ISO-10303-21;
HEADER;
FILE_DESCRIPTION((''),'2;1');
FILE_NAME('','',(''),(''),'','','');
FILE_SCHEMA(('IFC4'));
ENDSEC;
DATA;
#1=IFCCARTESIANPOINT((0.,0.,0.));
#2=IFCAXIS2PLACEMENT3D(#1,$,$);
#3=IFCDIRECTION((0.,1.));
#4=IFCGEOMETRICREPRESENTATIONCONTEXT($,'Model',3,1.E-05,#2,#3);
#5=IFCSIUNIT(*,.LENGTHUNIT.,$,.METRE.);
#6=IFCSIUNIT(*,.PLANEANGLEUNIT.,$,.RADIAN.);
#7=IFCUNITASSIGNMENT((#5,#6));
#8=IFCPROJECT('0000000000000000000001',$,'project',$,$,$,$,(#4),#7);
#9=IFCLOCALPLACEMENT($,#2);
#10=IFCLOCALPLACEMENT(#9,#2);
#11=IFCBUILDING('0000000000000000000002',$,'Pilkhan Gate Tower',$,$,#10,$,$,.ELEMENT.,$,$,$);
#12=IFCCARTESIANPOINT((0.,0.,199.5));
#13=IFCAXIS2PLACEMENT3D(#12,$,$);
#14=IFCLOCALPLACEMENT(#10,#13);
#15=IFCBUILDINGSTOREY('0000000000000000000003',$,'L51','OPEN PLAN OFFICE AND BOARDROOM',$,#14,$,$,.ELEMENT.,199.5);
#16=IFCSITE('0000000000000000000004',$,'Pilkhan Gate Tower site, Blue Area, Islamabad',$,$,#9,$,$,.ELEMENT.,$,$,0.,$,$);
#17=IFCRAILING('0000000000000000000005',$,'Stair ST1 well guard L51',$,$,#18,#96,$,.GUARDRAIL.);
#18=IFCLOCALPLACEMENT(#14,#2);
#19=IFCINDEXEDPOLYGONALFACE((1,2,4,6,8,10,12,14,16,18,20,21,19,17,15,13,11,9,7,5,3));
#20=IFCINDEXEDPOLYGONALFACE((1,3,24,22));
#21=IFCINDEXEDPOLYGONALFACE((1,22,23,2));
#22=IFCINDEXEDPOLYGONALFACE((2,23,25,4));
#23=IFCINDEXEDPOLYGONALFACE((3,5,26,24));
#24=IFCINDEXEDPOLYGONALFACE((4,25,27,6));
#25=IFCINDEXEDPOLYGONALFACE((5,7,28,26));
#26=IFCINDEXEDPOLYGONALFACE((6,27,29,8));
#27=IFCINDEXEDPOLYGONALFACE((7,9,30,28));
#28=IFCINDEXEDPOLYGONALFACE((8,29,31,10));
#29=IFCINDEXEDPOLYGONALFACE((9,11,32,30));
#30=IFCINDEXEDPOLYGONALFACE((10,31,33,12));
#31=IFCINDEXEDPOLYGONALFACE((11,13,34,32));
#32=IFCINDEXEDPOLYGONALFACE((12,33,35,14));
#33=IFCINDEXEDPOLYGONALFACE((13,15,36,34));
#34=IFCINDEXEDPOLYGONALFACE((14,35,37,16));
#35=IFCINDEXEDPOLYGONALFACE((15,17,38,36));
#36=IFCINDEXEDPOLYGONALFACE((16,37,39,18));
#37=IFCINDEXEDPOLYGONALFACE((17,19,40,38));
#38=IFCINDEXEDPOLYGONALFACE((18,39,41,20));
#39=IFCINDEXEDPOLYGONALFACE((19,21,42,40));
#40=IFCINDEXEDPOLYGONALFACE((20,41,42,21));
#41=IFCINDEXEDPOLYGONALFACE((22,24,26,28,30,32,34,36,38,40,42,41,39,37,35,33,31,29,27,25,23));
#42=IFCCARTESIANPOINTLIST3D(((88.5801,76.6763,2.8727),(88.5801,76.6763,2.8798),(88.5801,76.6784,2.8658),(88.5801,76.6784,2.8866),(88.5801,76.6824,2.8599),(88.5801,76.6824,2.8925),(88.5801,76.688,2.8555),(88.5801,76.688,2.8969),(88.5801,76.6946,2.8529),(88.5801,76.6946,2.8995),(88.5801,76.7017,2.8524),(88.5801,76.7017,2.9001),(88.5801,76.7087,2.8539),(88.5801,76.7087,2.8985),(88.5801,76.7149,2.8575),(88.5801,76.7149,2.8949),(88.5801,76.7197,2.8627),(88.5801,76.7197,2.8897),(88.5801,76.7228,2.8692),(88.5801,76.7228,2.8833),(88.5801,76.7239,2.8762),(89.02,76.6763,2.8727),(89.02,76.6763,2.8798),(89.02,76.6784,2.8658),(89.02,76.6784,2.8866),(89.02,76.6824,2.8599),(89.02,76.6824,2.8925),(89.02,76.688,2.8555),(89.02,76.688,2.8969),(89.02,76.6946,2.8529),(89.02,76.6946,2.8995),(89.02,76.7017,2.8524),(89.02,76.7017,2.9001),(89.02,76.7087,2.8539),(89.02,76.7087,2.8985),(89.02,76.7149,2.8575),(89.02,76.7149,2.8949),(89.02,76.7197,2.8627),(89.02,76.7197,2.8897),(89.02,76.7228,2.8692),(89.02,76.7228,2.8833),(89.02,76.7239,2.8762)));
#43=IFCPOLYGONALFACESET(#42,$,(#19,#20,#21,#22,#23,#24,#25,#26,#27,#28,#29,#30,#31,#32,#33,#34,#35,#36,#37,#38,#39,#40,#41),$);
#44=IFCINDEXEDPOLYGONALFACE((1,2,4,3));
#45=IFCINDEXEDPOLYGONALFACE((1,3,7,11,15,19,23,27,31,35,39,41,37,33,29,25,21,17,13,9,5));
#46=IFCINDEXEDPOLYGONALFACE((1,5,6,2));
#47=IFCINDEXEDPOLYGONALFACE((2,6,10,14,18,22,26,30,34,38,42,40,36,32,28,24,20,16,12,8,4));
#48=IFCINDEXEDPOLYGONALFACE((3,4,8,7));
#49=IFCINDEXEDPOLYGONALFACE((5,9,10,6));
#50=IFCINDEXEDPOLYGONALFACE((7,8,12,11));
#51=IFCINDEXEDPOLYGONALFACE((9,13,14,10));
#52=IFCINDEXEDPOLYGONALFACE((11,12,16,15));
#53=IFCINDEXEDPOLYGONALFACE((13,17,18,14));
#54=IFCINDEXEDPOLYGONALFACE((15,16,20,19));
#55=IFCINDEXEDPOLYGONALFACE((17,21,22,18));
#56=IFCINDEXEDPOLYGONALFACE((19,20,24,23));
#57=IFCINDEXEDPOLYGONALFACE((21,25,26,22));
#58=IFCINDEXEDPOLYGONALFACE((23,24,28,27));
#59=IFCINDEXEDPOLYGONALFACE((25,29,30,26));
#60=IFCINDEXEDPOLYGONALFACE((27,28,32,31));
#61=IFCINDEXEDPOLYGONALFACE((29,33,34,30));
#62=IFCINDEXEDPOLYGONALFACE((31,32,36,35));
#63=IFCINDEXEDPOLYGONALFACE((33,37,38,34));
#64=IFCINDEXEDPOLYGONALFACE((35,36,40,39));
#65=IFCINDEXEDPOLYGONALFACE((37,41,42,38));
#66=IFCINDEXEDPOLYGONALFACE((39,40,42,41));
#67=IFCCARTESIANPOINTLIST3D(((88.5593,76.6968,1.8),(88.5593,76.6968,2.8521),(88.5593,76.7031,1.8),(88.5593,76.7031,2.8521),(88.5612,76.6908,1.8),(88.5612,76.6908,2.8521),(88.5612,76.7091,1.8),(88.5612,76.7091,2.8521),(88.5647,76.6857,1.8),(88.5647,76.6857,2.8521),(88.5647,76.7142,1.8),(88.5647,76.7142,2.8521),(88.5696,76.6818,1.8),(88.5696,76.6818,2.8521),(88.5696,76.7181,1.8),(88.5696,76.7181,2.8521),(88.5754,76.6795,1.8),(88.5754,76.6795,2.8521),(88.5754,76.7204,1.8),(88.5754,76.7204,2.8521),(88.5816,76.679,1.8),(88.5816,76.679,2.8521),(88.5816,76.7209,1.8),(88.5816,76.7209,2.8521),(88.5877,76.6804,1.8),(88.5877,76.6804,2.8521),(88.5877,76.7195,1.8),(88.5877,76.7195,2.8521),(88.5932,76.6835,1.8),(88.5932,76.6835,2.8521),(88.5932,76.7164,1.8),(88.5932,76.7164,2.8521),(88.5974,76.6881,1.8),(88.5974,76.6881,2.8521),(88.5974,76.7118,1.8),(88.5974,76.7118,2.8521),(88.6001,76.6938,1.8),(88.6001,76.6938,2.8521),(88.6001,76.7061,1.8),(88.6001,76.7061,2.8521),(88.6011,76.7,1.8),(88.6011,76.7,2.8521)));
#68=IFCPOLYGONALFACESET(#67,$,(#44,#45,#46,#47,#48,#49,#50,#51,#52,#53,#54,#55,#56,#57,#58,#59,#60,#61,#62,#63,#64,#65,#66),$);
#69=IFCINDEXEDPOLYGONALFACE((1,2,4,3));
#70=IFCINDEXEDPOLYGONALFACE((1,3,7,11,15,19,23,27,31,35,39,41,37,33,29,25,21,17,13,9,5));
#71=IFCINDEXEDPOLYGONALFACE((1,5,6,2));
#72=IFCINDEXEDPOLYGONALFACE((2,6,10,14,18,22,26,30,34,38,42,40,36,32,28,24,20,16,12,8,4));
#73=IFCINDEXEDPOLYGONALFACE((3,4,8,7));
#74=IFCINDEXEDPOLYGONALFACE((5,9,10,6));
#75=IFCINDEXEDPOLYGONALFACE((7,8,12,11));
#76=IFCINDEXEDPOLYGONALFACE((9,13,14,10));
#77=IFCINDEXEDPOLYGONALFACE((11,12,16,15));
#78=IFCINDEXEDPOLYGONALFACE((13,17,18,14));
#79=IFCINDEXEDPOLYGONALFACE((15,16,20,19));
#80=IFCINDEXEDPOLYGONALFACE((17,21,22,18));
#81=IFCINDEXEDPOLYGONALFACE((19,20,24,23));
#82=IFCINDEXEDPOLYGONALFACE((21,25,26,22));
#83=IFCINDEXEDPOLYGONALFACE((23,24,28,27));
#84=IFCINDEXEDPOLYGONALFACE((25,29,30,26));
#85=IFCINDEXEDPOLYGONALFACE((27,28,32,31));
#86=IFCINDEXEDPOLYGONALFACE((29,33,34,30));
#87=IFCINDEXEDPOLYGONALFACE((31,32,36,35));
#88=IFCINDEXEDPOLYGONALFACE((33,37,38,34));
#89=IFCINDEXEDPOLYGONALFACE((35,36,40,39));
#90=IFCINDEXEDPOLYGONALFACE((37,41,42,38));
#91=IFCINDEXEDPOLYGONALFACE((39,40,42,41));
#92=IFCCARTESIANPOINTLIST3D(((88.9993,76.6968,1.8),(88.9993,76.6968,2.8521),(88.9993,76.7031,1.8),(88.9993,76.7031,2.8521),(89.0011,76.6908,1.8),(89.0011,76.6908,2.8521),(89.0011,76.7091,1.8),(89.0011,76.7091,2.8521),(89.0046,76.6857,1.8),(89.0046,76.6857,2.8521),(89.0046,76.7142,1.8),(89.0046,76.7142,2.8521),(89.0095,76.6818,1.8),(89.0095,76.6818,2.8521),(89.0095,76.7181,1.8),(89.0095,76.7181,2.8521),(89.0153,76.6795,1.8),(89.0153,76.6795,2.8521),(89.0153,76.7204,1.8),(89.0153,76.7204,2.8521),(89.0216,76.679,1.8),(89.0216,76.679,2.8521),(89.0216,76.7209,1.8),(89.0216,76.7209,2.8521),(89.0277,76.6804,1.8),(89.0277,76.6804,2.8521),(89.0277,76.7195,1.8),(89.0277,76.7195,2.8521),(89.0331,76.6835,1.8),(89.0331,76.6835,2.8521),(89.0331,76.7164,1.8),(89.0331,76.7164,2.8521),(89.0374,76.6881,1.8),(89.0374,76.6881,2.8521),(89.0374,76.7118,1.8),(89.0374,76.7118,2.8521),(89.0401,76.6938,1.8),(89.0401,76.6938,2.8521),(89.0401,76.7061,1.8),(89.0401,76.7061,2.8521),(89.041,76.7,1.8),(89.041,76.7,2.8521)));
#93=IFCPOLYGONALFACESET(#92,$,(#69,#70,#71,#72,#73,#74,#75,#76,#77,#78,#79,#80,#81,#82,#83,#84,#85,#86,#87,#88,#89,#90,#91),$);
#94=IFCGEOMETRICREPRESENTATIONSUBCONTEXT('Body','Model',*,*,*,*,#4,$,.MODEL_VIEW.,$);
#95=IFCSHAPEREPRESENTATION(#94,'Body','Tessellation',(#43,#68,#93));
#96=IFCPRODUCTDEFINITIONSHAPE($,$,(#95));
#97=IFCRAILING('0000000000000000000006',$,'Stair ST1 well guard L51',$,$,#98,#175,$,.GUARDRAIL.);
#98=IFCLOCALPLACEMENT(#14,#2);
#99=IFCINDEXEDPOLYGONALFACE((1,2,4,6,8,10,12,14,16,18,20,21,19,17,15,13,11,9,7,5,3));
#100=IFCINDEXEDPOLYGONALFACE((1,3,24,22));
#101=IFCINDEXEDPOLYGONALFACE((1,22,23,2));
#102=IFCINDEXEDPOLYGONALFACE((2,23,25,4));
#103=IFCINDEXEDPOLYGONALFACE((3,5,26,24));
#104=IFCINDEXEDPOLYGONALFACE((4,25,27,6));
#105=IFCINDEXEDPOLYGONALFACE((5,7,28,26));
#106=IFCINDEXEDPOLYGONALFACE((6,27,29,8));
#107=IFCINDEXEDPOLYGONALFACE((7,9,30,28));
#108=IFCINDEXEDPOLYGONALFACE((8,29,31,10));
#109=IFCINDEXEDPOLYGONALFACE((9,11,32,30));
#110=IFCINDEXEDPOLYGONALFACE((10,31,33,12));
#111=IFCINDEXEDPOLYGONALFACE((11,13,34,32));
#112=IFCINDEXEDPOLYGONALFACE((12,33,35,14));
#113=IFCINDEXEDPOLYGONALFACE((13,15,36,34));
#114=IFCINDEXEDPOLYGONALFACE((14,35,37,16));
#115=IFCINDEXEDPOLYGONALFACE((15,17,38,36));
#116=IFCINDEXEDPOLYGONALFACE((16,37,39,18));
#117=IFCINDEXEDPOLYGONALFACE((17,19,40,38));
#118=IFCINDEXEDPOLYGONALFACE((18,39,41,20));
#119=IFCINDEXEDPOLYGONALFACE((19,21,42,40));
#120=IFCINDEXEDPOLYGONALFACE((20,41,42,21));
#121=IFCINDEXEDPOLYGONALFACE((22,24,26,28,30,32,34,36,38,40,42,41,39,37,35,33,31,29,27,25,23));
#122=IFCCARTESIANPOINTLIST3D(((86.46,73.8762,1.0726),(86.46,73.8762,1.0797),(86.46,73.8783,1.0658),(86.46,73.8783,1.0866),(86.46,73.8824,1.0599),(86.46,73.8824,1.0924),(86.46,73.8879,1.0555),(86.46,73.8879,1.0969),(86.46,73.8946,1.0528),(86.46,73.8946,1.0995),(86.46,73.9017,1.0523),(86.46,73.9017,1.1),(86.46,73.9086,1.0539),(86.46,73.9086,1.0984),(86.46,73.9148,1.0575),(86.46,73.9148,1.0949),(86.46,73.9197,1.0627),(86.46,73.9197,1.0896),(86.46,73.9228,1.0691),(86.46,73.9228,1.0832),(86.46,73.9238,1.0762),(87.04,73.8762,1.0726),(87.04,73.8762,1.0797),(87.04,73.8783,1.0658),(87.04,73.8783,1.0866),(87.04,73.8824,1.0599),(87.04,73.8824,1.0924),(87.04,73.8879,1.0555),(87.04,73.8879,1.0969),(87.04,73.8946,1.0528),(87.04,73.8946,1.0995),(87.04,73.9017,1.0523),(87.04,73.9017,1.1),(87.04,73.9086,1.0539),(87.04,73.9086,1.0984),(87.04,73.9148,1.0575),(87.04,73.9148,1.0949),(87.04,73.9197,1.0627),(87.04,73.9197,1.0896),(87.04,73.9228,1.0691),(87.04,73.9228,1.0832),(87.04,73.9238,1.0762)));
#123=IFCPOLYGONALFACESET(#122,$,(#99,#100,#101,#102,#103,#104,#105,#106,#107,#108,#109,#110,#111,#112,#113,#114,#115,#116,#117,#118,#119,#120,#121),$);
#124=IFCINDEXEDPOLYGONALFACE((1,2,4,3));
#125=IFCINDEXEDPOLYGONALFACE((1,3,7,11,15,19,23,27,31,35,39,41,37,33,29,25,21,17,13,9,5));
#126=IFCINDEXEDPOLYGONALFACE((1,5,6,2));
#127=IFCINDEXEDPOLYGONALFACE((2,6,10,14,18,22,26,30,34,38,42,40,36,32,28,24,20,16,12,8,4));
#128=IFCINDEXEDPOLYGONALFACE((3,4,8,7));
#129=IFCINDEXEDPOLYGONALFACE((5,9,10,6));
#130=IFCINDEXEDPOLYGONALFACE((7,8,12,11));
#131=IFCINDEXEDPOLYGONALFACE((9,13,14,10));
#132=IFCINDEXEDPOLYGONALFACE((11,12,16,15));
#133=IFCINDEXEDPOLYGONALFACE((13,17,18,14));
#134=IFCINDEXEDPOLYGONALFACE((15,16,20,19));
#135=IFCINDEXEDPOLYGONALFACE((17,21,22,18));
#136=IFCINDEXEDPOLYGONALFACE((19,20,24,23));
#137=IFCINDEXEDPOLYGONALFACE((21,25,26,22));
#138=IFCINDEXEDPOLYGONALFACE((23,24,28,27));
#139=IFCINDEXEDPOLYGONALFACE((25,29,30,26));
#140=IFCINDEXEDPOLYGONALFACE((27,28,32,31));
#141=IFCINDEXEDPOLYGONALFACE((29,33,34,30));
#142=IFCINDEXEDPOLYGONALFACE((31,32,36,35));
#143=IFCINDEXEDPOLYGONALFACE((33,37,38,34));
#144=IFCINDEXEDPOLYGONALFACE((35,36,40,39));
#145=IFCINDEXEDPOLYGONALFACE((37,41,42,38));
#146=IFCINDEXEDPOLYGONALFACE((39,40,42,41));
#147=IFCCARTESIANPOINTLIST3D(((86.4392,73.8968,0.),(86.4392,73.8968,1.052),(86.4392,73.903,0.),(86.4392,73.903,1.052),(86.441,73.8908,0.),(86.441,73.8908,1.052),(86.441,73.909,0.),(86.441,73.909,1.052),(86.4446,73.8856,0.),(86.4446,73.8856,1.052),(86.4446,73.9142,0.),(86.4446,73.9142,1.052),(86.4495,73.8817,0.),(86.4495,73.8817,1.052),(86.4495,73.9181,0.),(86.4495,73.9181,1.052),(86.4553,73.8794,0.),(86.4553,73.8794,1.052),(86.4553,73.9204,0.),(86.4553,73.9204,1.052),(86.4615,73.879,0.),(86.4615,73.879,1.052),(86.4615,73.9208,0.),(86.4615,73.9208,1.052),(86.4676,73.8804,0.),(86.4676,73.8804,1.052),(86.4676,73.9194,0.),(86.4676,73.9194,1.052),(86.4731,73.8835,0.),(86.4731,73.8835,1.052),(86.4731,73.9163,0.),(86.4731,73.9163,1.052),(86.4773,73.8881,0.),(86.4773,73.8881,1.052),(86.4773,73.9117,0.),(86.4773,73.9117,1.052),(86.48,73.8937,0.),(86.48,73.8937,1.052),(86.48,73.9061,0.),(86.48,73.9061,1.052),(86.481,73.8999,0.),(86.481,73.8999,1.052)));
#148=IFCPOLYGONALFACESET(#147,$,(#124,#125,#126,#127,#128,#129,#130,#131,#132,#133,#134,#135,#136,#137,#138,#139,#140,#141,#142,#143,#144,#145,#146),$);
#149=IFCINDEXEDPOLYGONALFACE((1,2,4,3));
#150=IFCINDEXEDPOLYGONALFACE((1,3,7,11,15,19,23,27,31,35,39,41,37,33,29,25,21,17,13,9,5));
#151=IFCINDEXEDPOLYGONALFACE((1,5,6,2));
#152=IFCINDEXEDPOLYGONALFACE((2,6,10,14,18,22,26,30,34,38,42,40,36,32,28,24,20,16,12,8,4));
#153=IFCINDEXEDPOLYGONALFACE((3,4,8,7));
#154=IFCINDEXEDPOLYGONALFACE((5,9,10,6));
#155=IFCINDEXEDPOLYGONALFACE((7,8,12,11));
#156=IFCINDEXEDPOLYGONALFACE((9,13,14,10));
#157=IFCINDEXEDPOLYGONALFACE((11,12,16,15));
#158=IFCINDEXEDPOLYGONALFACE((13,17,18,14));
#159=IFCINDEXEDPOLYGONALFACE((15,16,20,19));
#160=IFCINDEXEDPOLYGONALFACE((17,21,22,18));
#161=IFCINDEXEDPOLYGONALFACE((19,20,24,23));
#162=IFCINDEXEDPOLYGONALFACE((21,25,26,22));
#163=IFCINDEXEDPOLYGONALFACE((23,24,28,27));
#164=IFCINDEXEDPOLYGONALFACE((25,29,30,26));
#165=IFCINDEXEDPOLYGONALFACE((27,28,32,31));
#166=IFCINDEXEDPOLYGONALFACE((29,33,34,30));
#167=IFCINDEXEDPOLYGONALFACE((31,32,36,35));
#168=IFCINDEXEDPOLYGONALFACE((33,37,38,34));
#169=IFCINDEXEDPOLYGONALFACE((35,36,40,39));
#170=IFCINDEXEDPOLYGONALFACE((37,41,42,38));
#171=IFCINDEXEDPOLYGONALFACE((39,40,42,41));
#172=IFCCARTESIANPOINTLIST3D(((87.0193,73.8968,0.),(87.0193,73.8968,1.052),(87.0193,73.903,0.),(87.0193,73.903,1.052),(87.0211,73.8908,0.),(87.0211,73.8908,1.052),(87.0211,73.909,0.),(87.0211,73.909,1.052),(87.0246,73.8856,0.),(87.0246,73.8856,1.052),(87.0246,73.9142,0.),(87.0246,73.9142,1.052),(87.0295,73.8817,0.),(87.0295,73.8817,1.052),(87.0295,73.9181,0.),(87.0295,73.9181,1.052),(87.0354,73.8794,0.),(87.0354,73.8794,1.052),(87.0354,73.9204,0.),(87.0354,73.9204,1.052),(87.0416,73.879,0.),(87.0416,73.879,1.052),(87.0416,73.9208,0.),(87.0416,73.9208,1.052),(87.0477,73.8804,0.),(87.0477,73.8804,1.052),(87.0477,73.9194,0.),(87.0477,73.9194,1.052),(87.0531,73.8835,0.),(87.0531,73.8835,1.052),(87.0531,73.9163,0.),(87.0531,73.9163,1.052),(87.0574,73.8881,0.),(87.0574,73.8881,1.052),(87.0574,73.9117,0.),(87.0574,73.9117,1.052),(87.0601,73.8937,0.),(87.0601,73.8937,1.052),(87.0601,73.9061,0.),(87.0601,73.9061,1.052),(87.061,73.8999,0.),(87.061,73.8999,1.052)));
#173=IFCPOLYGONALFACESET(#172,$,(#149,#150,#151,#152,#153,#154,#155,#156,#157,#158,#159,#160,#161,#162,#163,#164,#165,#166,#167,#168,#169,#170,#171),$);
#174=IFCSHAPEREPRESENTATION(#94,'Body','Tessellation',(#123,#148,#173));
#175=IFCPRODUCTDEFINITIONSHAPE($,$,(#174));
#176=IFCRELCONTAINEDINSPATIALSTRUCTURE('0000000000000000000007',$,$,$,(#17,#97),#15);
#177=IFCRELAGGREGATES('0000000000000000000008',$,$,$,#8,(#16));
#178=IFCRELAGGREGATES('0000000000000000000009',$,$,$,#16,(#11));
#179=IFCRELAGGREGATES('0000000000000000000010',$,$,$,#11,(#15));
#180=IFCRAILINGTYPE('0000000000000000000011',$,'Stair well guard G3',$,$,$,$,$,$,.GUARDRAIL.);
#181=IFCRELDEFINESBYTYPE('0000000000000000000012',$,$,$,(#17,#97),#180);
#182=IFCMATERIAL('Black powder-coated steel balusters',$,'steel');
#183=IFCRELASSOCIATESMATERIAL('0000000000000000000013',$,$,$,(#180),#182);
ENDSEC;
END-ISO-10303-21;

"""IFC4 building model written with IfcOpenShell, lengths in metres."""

from ifc_helpers import new_model, si_unit, direction, frame, origin, origin_2d, place, context, subcontext, project, spatial, circle, extrude, material, type_object, element, save


model = new_model("IFC4")

# Units and contexts
model_context = context("Model", 3, precision=1e-05, world=origin(), true_north=direction((0.0, 1.0)))
body_context = subcontext(model_context, "Body", "Model", "MODEL_VIEW")
ifc_project = project(units=[si_unit("LENGTHUNIT", "METRE"), si_unit("PLANEANGLEUNIT", "RADIAN")], contexts=[model_context])

# Site, building, storey
site_placement = place(None, origin())
site = spatial("IfcSite", under=ifc_project, at=site_placement, Name="Pilkhan Gate Tower site, Blue Area, Islamabad", CompositionType="ELEMENT", RefElevation=0.0)
building_placement = place(site_placement, origin())
building = spatial("IfcBuilding", under=site, at=building_placement, Name="Pilkhan Gate Tower", CompositionType="ELEMENT")
storey_placement = place(building_placement, frame((0.0, 0.0, 199.5)))
storey = spatial("IfcBuildingStorey", under=building, at=storey_placement, Name="L51", Description="OPEN PLAN OFFICE AND BOARDROOM", CompositionType="ELEMENT", Elevation=199.5)

# Railings
ifc_material_1 = material(Name="Black powder-coated steel balusters", Category="steel")
railing_type_1 = type_object("IfcRailingType", Name="Stair well guard G3", PredefinedType="GUARDRAIL", material=ifc_material_1)
railing_1_placement = place(storey_placement, frame((88.5801, 76.7, 1.8)))
element("IfcRailing", 1, at=railing_1_placement, inside=storey, type_object=railing_type_1, Name="Stair ST1 well guard L51", PredefinedType="GUARDRAIL", context=body_context, shape_type="SweptSolid", body=[
    extrude(circle(Radius=0.0239, at=origin_2d()), frame((0.0, 0.0, 1.0762), z_axis=(1.0, 0.0, 0.0), x_axis=(0.0, 1.0, 0.0)), (0.0, 0.0, 1.0), 0.4399),
    extrude(circle(Radius=0.021, at=origin_2d()), origin(), (0.0, 0.0, 1.0), 1.052),
    extrude(circle(Radius=0.021, at=origin_2d()), frame((0.4399, 0.0, 0.0)), (0.0, 0.0, 1.0), 1.052),
])
for number, where, name in (
    (2, (86.46, 73.8999, 0.0), "Stair ST1 well guard L51"),
):
    element("IfcRailing", number, at=place(storey_placement, frame(where)), inside=storey, type_object=railing_type_1, Name=name, PredefinedType="GUARDRAIL", context=body_context, shape_type="SweptSolid", body=[
        extrude(circle(Radius=0.0239, at=origin_2d()), frame((0.0, 0.0, 1.0762), z_axis=(1.0, 0.0, 0.0), x_axis=(0.0, 1.0, 0.0)), (0.0, 0.0, 1.0), 0.5801),
        extrude(circle(Radius=0.021, at=origin_2d()), origin(), (0.0, 0.0, 1.0), 1.052),
        extrude(circle(Radius=0.021, at=origin_2d()), frame((0.5801, 0.0, 0.0)), (0.0, 0.0, 1.0), 1.052),
    ])

save(model, "model.ifc")
